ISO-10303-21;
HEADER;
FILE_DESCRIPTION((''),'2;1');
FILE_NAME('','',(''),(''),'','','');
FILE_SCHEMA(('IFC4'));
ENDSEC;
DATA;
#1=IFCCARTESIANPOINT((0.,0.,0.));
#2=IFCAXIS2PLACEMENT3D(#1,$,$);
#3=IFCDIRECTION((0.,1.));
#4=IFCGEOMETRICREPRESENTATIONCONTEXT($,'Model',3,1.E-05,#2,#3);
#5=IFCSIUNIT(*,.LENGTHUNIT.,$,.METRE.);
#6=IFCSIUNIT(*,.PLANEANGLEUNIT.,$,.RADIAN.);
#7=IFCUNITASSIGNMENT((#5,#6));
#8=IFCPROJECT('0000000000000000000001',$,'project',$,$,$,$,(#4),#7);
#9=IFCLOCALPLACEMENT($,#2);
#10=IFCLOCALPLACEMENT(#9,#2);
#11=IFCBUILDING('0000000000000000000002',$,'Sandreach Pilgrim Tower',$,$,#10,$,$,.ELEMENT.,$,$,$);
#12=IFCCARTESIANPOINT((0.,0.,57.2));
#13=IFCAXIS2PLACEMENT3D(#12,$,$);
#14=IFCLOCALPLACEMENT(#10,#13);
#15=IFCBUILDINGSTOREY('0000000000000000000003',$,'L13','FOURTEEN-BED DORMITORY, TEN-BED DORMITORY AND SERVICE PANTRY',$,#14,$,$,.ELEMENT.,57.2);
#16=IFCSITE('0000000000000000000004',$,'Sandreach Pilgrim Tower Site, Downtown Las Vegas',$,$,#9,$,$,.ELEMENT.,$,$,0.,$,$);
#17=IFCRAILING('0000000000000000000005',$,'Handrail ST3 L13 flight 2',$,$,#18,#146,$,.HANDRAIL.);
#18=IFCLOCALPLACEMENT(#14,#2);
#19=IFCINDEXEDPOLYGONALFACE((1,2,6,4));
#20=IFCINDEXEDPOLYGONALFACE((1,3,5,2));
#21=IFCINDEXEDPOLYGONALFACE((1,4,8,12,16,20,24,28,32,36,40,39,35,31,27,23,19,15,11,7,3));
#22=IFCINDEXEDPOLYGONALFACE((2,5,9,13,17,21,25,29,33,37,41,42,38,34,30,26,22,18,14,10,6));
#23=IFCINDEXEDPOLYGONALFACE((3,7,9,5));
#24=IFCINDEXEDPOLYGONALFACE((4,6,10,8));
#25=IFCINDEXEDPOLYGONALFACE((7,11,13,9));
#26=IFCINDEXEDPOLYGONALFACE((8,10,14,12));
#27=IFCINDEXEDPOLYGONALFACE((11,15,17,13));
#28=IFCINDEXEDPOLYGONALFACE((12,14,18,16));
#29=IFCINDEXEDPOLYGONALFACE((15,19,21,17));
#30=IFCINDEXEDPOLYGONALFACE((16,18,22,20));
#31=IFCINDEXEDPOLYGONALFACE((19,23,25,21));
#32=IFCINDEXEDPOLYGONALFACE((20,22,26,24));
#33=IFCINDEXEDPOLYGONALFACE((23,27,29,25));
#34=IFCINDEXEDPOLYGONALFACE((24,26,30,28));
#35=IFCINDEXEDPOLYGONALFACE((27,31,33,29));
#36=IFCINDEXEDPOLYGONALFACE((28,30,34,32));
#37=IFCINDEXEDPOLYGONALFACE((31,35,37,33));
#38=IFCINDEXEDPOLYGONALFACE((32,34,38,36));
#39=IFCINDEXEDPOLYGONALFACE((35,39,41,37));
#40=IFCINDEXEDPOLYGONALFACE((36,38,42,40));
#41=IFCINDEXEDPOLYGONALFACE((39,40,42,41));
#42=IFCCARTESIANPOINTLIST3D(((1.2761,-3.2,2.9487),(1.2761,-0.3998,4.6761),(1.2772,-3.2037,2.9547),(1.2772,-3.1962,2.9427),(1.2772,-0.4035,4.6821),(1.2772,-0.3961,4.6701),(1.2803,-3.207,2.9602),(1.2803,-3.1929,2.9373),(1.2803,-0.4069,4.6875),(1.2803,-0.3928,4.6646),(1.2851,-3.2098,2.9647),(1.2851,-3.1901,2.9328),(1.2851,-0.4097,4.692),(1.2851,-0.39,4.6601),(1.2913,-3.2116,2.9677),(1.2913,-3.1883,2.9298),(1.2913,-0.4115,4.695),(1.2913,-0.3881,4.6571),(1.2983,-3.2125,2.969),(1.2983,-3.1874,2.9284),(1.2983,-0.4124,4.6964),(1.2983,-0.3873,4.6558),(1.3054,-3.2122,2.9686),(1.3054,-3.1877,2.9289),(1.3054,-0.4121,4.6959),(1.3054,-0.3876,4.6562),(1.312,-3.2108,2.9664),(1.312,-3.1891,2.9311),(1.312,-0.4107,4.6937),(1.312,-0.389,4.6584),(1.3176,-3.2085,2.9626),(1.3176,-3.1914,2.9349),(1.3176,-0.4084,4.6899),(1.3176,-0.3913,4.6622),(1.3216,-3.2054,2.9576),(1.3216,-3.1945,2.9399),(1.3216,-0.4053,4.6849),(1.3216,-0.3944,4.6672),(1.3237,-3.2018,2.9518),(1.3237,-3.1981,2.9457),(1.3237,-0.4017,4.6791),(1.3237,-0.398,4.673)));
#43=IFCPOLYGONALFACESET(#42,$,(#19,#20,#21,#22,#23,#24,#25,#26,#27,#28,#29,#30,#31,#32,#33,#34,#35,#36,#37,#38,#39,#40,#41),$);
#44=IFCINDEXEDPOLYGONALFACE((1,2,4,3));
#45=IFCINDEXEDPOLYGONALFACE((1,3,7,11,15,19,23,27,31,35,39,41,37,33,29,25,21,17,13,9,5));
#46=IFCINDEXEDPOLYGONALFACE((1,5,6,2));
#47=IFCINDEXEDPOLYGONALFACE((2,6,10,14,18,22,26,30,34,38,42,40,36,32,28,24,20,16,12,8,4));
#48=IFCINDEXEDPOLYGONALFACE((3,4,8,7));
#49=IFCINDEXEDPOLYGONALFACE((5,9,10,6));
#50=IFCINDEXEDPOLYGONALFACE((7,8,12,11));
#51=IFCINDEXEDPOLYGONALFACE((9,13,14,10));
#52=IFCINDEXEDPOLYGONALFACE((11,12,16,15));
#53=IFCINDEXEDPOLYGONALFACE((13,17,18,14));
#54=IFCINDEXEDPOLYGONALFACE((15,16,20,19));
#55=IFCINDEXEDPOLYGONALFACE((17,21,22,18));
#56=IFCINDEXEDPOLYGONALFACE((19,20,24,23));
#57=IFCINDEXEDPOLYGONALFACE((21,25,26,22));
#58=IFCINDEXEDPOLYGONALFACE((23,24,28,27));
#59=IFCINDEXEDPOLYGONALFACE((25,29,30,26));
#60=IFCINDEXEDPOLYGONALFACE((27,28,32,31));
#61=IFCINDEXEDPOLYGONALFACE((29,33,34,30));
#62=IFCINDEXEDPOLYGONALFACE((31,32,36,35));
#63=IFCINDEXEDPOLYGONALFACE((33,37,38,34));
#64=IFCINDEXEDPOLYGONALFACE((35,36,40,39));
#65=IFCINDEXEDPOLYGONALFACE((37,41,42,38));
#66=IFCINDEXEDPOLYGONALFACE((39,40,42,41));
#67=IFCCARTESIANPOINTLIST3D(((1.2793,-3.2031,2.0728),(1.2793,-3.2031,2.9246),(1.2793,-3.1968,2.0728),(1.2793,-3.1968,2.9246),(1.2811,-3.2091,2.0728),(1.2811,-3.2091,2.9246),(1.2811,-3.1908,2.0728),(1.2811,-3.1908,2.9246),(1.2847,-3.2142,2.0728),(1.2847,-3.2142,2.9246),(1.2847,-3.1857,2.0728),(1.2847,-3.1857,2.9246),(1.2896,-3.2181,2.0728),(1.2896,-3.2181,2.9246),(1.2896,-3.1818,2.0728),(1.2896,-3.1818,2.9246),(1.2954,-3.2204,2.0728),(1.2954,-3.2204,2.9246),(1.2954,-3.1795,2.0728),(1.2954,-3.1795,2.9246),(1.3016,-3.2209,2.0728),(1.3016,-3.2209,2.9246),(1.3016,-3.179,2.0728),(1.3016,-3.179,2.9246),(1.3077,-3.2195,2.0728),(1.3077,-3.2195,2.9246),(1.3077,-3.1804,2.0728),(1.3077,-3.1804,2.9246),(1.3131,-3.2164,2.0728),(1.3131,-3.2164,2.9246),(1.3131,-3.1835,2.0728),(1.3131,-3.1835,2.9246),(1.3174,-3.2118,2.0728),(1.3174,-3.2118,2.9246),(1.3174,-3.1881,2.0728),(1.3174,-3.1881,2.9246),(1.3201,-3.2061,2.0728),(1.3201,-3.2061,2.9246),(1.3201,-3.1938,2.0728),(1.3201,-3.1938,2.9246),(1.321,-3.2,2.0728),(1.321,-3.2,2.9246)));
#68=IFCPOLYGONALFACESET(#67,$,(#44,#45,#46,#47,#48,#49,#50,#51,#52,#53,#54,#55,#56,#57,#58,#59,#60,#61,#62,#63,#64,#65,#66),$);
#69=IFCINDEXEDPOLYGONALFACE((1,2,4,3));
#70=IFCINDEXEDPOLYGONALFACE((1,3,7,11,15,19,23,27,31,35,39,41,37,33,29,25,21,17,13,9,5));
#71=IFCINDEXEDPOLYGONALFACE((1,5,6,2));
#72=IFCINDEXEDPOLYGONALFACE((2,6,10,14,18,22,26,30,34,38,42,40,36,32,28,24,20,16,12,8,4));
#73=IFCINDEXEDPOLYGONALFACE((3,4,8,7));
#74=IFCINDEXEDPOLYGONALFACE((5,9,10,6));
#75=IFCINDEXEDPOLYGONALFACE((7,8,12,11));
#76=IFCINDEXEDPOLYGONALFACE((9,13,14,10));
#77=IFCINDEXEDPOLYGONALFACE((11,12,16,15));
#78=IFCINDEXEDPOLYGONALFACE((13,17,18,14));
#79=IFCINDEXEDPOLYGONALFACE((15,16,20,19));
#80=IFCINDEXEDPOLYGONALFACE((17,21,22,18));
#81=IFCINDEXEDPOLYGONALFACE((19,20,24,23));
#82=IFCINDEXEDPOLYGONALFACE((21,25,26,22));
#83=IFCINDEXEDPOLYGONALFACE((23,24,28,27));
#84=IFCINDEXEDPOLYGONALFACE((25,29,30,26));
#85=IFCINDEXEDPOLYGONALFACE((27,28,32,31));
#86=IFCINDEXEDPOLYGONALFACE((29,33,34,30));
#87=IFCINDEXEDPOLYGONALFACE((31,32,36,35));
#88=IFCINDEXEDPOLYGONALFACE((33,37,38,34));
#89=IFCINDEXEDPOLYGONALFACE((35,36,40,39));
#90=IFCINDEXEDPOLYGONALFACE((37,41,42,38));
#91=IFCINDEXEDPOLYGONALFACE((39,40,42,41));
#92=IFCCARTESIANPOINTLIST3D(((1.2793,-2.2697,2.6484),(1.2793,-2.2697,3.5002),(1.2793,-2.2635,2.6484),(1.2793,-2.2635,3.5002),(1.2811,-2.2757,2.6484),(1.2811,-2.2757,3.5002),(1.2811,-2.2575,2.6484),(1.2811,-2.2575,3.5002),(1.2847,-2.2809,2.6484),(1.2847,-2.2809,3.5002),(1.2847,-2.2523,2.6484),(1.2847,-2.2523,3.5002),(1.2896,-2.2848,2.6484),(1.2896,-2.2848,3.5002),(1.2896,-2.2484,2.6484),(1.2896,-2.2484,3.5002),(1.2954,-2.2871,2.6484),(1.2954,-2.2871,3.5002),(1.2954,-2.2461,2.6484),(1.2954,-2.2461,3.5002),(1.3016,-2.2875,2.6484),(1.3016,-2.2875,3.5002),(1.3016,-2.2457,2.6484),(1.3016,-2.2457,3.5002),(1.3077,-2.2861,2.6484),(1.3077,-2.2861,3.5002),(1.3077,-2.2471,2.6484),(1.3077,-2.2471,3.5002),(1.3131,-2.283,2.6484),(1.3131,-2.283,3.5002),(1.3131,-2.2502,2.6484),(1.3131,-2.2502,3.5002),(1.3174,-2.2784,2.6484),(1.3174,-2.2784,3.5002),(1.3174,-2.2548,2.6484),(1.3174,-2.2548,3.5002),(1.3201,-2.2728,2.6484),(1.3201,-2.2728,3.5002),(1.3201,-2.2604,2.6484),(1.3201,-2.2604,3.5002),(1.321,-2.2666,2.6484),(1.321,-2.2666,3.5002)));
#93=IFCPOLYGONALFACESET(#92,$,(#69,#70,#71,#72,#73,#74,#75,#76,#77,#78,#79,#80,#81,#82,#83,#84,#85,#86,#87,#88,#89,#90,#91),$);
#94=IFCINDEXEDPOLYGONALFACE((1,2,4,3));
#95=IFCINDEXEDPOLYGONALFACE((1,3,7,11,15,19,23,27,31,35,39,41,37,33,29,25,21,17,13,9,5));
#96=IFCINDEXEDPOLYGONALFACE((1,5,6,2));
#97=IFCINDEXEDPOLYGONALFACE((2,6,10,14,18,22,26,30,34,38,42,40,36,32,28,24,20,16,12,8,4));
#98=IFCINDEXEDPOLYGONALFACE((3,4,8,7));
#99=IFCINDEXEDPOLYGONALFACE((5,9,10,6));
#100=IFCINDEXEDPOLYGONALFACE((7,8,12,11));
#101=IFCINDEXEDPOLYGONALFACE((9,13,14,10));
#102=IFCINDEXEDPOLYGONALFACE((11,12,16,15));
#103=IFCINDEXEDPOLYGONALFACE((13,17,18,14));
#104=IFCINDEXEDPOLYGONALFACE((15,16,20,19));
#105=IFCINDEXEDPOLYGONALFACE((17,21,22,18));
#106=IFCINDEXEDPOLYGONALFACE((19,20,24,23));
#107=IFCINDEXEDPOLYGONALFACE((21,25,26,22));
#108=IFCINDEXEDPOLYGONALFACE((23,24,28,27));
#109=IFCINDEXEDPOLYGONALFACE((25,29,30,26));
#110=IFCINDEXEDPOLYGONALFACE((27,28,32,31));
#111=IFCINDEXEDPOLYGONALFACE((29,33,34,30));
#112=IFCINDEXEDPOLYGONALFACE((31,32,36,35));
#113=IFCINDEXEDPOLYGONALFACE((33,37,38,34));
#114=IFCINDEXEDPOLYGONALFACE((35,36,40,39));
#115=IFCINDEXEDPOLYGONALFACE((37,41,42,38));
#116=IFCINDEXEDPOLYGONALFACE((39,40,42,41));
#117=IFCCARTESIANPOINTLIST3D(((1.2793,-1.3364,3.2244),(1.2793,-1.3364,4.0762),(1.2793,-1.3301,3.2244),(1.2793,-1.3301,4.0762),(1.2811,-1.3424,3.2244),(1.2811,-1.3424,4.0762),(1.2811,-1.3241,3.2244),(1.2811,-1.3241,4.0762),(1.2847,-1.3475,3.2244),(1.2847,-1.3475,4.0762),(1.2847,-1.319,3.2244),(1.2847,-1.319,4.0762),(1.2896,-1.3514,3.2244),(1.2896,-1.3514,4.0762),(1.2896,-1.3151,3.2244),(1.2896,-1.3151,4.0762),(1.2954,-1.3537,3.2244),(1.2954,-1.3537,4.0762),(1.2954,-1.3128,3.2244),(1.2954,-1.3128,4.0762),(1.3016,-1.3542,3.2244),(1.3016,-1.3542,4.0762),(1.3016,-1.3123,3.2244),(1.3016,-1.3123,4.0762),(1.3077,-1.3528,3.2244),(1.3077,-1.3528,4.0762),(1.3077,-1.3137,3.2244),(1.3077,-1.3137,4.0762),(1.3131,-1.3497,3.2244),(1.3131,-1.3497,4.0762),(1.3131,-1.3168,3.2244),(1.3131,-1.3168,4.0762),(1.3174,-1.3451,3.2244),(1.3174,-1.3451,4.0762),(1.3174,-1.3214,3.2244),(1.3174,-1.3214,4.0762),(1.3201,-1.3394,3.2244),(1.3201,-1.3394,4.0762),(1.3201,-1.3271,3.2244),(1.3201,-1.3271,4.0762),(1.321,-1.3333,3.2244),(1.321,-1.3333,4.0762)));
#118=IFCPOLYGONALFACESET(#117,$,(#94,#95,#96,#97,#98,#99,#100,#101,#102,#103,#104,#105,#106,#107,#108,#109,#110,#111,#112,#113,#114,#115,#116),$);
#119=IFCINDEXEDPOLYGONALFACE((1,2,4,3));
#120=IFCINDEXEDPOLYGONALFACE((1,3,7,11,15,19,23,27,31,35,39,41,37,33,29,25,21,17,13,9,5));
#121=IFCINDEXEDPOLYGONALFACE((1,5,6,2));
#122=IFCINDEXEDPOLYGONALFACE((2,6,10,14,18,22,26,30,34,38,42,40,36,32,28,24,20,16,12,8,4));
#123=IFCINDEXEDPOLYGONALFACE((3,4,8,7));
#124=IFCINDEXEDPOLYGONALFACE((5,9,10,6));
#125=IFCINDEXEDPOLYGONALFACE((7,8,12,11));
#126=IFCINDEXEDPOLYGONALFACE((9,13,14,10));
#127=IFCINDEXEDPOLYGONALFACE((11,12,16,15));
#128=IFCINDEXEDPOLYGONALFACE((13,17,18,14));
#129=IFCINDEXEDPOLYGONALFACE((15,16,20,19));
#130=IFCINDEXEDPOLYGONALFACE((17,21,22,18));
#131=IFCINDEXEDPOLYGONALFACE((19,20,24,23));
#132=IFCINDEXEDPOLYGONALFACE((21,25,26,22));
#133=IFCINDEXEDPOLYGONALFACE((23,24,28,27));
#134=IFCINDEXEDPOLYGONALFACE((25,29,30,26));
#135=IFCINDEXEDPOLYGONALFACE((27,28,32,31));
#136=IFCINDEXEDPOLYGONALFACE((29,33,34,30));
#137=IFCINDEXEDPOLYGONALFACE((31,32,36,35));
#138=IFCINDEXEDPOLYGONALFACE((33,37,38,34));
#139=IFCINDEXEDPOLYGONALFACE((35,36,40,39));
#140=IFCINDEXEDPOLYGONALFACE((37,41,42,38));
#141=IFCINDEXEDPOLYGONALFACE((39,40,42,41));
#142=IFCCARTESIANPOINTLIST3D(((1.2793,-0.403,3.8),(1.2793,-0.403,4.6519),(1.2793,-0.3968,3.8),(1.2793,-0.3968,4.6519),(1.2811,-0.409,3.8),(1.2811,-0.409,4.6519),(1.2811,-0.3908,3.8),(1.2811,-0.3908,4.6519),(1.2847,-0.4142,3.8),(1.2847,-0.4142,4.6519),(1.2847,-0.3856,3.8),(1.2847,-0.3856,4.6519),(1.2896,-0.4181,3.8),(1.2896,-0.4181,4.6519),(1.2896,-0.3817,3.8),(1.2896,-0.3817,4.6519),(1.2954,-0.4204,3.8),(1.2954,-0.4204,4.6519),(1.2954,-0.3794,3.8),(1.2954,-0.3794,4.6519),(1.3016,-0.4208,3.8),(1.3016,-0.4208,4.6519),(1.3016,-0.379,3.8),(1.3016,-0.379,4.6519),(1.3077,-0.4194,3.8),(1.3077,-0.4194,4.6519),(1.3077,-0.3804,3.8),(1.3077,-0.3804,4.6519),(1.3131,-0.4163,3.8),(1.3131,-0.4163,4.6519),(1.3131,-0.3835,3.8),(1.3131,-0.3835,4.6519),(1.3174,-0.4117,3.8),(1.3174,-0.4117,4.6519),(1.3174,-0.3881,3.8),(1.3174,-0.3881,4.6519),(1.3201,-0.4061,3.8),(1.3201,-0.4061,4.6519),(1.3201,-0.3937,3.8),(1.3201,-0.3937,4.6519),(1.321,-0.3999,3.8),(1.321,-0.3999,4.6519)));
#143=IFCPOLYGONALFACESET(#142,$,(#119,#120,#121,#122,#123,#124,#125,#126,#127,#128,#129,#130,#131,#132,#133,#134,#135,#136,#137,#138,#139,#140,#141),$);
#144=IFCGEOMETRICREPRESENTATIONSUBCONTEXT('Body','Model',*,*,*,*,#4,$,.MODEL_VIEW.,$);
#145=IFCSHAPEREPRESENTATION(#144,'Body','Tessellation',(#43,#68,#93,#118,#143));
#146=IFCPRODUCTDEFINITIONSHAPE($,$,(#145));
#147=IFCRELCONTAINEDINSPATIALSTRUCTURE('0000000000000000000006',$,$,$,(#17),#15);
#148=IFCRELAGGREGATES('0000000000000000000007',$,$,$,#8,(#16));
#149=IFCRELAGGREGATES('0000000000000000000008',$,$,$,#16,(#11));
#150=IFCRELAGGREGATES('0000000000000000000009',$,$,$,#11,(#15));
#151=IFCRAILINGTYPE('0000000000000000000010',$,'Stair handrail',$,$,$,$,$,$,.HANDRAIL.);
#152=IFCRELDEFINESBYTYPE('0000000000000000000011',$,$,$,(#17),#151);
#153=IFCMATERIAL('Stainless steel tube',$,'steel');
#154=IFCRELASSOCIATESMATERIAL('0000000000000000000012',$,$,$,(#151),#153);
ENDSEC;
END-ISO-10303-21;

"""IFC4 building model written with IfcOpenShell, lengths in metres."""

from ifc_helpers import new_model, si_unit, direction, frame, origin, origin_2d, place, context, subcontext, project, spatial, circle, extrude, material, type_object, element, save


model = new_model("IFC4")

# Units and contexts
model_context = context("Model", 3, precision=1e-05, world=origin(), true_north=direction((0.0, 1.0)))
body_context = subcontext(model_context, "Body", "Model", "MODEL_VIEW")
ifc_project = project(units=[si_unit("LENGTHUNIT", "METRE"), si_unit("PLANEANGLEUNIT", "RADIAN")], contexts=[model_context])

# Site, building, storey
site_placement = place(None, origin())
site = spatial("IfcSite", under=ifc_project, at=site_placement, Name="Sandreach Pilgrim Tower Site, Downtown Las Vegas", CompositionType="ELEMENT", RefElevation=0.0)
building_placement = place(site_placement, origin())
building = spatial("IfcBuilding", under=site, at=building_placement, Name="Sandreach Pilgrim Tower", CompositionType="ELEMENT")
storey_placement = place(building_placement, frame((0.0, 0.0, 57.2)))
storey = spatial("IfcBuildingStorey", under=building, at=storey_placement, Name="L13", Description="FOURTEEN-BED DORMITORY, TEN-BED DORMITORY AND SERVICE PANTRY", CompositionType="ELEMENT", Elevation=57.2)

# Railing
ifc_material_1 = material(Name="Stainless steel tube", Category="steel")
railing_type = type_object("IfcRailingType", Name="Stair handrail", PredefinedType="HANDRAIL", material=ifc_material_1)
for number, where, name in (
    (1, (1.3, -3.2, 2.0728), "Handrail ST3 L13 flight 2"),
):
    element("IfcRailing", number, at=place(storey_placement, frame(where)), inside=storey, type_object=railing_type, Name=name, PredefinedType="HANDRAIL", context=body_context, shape_type="SweptSolid", body=[
        extrude(circle(Radius=0.0239, at=origin_2d()), frame((0.0, 0.0, 0.876), z_axis=(0.0, 0.85109, 0.52502), x_axis=(-1.0, 0.0, 0.0)), (0.0, 0.0, 1.0), 3.29),
        extrude(circle(Radius=0.021, at=origin_2d()), origin(), (0.0, 0.0, 1.0), 0.8518),
        extrude(circle(Radius=0.021, at=origin_2d()), frame((0.0, 0.9333, 0.5757)), (0.0, 0.0, 1.0), 0.8518),
        extrude(circle(Radius=0.021, at=origin_2d()), frame((0.0, 1.8667, 1.1516)), (0.0, 0.0, 1.0), 0.8518),
        extrude(circle(Radius=0.021, at=origin_2d()), frame((0.0, 2.8, 1.7273)), (0.0, 0.0, 1.0), 0.8518),
    ])

save(model, "model.ifc")
